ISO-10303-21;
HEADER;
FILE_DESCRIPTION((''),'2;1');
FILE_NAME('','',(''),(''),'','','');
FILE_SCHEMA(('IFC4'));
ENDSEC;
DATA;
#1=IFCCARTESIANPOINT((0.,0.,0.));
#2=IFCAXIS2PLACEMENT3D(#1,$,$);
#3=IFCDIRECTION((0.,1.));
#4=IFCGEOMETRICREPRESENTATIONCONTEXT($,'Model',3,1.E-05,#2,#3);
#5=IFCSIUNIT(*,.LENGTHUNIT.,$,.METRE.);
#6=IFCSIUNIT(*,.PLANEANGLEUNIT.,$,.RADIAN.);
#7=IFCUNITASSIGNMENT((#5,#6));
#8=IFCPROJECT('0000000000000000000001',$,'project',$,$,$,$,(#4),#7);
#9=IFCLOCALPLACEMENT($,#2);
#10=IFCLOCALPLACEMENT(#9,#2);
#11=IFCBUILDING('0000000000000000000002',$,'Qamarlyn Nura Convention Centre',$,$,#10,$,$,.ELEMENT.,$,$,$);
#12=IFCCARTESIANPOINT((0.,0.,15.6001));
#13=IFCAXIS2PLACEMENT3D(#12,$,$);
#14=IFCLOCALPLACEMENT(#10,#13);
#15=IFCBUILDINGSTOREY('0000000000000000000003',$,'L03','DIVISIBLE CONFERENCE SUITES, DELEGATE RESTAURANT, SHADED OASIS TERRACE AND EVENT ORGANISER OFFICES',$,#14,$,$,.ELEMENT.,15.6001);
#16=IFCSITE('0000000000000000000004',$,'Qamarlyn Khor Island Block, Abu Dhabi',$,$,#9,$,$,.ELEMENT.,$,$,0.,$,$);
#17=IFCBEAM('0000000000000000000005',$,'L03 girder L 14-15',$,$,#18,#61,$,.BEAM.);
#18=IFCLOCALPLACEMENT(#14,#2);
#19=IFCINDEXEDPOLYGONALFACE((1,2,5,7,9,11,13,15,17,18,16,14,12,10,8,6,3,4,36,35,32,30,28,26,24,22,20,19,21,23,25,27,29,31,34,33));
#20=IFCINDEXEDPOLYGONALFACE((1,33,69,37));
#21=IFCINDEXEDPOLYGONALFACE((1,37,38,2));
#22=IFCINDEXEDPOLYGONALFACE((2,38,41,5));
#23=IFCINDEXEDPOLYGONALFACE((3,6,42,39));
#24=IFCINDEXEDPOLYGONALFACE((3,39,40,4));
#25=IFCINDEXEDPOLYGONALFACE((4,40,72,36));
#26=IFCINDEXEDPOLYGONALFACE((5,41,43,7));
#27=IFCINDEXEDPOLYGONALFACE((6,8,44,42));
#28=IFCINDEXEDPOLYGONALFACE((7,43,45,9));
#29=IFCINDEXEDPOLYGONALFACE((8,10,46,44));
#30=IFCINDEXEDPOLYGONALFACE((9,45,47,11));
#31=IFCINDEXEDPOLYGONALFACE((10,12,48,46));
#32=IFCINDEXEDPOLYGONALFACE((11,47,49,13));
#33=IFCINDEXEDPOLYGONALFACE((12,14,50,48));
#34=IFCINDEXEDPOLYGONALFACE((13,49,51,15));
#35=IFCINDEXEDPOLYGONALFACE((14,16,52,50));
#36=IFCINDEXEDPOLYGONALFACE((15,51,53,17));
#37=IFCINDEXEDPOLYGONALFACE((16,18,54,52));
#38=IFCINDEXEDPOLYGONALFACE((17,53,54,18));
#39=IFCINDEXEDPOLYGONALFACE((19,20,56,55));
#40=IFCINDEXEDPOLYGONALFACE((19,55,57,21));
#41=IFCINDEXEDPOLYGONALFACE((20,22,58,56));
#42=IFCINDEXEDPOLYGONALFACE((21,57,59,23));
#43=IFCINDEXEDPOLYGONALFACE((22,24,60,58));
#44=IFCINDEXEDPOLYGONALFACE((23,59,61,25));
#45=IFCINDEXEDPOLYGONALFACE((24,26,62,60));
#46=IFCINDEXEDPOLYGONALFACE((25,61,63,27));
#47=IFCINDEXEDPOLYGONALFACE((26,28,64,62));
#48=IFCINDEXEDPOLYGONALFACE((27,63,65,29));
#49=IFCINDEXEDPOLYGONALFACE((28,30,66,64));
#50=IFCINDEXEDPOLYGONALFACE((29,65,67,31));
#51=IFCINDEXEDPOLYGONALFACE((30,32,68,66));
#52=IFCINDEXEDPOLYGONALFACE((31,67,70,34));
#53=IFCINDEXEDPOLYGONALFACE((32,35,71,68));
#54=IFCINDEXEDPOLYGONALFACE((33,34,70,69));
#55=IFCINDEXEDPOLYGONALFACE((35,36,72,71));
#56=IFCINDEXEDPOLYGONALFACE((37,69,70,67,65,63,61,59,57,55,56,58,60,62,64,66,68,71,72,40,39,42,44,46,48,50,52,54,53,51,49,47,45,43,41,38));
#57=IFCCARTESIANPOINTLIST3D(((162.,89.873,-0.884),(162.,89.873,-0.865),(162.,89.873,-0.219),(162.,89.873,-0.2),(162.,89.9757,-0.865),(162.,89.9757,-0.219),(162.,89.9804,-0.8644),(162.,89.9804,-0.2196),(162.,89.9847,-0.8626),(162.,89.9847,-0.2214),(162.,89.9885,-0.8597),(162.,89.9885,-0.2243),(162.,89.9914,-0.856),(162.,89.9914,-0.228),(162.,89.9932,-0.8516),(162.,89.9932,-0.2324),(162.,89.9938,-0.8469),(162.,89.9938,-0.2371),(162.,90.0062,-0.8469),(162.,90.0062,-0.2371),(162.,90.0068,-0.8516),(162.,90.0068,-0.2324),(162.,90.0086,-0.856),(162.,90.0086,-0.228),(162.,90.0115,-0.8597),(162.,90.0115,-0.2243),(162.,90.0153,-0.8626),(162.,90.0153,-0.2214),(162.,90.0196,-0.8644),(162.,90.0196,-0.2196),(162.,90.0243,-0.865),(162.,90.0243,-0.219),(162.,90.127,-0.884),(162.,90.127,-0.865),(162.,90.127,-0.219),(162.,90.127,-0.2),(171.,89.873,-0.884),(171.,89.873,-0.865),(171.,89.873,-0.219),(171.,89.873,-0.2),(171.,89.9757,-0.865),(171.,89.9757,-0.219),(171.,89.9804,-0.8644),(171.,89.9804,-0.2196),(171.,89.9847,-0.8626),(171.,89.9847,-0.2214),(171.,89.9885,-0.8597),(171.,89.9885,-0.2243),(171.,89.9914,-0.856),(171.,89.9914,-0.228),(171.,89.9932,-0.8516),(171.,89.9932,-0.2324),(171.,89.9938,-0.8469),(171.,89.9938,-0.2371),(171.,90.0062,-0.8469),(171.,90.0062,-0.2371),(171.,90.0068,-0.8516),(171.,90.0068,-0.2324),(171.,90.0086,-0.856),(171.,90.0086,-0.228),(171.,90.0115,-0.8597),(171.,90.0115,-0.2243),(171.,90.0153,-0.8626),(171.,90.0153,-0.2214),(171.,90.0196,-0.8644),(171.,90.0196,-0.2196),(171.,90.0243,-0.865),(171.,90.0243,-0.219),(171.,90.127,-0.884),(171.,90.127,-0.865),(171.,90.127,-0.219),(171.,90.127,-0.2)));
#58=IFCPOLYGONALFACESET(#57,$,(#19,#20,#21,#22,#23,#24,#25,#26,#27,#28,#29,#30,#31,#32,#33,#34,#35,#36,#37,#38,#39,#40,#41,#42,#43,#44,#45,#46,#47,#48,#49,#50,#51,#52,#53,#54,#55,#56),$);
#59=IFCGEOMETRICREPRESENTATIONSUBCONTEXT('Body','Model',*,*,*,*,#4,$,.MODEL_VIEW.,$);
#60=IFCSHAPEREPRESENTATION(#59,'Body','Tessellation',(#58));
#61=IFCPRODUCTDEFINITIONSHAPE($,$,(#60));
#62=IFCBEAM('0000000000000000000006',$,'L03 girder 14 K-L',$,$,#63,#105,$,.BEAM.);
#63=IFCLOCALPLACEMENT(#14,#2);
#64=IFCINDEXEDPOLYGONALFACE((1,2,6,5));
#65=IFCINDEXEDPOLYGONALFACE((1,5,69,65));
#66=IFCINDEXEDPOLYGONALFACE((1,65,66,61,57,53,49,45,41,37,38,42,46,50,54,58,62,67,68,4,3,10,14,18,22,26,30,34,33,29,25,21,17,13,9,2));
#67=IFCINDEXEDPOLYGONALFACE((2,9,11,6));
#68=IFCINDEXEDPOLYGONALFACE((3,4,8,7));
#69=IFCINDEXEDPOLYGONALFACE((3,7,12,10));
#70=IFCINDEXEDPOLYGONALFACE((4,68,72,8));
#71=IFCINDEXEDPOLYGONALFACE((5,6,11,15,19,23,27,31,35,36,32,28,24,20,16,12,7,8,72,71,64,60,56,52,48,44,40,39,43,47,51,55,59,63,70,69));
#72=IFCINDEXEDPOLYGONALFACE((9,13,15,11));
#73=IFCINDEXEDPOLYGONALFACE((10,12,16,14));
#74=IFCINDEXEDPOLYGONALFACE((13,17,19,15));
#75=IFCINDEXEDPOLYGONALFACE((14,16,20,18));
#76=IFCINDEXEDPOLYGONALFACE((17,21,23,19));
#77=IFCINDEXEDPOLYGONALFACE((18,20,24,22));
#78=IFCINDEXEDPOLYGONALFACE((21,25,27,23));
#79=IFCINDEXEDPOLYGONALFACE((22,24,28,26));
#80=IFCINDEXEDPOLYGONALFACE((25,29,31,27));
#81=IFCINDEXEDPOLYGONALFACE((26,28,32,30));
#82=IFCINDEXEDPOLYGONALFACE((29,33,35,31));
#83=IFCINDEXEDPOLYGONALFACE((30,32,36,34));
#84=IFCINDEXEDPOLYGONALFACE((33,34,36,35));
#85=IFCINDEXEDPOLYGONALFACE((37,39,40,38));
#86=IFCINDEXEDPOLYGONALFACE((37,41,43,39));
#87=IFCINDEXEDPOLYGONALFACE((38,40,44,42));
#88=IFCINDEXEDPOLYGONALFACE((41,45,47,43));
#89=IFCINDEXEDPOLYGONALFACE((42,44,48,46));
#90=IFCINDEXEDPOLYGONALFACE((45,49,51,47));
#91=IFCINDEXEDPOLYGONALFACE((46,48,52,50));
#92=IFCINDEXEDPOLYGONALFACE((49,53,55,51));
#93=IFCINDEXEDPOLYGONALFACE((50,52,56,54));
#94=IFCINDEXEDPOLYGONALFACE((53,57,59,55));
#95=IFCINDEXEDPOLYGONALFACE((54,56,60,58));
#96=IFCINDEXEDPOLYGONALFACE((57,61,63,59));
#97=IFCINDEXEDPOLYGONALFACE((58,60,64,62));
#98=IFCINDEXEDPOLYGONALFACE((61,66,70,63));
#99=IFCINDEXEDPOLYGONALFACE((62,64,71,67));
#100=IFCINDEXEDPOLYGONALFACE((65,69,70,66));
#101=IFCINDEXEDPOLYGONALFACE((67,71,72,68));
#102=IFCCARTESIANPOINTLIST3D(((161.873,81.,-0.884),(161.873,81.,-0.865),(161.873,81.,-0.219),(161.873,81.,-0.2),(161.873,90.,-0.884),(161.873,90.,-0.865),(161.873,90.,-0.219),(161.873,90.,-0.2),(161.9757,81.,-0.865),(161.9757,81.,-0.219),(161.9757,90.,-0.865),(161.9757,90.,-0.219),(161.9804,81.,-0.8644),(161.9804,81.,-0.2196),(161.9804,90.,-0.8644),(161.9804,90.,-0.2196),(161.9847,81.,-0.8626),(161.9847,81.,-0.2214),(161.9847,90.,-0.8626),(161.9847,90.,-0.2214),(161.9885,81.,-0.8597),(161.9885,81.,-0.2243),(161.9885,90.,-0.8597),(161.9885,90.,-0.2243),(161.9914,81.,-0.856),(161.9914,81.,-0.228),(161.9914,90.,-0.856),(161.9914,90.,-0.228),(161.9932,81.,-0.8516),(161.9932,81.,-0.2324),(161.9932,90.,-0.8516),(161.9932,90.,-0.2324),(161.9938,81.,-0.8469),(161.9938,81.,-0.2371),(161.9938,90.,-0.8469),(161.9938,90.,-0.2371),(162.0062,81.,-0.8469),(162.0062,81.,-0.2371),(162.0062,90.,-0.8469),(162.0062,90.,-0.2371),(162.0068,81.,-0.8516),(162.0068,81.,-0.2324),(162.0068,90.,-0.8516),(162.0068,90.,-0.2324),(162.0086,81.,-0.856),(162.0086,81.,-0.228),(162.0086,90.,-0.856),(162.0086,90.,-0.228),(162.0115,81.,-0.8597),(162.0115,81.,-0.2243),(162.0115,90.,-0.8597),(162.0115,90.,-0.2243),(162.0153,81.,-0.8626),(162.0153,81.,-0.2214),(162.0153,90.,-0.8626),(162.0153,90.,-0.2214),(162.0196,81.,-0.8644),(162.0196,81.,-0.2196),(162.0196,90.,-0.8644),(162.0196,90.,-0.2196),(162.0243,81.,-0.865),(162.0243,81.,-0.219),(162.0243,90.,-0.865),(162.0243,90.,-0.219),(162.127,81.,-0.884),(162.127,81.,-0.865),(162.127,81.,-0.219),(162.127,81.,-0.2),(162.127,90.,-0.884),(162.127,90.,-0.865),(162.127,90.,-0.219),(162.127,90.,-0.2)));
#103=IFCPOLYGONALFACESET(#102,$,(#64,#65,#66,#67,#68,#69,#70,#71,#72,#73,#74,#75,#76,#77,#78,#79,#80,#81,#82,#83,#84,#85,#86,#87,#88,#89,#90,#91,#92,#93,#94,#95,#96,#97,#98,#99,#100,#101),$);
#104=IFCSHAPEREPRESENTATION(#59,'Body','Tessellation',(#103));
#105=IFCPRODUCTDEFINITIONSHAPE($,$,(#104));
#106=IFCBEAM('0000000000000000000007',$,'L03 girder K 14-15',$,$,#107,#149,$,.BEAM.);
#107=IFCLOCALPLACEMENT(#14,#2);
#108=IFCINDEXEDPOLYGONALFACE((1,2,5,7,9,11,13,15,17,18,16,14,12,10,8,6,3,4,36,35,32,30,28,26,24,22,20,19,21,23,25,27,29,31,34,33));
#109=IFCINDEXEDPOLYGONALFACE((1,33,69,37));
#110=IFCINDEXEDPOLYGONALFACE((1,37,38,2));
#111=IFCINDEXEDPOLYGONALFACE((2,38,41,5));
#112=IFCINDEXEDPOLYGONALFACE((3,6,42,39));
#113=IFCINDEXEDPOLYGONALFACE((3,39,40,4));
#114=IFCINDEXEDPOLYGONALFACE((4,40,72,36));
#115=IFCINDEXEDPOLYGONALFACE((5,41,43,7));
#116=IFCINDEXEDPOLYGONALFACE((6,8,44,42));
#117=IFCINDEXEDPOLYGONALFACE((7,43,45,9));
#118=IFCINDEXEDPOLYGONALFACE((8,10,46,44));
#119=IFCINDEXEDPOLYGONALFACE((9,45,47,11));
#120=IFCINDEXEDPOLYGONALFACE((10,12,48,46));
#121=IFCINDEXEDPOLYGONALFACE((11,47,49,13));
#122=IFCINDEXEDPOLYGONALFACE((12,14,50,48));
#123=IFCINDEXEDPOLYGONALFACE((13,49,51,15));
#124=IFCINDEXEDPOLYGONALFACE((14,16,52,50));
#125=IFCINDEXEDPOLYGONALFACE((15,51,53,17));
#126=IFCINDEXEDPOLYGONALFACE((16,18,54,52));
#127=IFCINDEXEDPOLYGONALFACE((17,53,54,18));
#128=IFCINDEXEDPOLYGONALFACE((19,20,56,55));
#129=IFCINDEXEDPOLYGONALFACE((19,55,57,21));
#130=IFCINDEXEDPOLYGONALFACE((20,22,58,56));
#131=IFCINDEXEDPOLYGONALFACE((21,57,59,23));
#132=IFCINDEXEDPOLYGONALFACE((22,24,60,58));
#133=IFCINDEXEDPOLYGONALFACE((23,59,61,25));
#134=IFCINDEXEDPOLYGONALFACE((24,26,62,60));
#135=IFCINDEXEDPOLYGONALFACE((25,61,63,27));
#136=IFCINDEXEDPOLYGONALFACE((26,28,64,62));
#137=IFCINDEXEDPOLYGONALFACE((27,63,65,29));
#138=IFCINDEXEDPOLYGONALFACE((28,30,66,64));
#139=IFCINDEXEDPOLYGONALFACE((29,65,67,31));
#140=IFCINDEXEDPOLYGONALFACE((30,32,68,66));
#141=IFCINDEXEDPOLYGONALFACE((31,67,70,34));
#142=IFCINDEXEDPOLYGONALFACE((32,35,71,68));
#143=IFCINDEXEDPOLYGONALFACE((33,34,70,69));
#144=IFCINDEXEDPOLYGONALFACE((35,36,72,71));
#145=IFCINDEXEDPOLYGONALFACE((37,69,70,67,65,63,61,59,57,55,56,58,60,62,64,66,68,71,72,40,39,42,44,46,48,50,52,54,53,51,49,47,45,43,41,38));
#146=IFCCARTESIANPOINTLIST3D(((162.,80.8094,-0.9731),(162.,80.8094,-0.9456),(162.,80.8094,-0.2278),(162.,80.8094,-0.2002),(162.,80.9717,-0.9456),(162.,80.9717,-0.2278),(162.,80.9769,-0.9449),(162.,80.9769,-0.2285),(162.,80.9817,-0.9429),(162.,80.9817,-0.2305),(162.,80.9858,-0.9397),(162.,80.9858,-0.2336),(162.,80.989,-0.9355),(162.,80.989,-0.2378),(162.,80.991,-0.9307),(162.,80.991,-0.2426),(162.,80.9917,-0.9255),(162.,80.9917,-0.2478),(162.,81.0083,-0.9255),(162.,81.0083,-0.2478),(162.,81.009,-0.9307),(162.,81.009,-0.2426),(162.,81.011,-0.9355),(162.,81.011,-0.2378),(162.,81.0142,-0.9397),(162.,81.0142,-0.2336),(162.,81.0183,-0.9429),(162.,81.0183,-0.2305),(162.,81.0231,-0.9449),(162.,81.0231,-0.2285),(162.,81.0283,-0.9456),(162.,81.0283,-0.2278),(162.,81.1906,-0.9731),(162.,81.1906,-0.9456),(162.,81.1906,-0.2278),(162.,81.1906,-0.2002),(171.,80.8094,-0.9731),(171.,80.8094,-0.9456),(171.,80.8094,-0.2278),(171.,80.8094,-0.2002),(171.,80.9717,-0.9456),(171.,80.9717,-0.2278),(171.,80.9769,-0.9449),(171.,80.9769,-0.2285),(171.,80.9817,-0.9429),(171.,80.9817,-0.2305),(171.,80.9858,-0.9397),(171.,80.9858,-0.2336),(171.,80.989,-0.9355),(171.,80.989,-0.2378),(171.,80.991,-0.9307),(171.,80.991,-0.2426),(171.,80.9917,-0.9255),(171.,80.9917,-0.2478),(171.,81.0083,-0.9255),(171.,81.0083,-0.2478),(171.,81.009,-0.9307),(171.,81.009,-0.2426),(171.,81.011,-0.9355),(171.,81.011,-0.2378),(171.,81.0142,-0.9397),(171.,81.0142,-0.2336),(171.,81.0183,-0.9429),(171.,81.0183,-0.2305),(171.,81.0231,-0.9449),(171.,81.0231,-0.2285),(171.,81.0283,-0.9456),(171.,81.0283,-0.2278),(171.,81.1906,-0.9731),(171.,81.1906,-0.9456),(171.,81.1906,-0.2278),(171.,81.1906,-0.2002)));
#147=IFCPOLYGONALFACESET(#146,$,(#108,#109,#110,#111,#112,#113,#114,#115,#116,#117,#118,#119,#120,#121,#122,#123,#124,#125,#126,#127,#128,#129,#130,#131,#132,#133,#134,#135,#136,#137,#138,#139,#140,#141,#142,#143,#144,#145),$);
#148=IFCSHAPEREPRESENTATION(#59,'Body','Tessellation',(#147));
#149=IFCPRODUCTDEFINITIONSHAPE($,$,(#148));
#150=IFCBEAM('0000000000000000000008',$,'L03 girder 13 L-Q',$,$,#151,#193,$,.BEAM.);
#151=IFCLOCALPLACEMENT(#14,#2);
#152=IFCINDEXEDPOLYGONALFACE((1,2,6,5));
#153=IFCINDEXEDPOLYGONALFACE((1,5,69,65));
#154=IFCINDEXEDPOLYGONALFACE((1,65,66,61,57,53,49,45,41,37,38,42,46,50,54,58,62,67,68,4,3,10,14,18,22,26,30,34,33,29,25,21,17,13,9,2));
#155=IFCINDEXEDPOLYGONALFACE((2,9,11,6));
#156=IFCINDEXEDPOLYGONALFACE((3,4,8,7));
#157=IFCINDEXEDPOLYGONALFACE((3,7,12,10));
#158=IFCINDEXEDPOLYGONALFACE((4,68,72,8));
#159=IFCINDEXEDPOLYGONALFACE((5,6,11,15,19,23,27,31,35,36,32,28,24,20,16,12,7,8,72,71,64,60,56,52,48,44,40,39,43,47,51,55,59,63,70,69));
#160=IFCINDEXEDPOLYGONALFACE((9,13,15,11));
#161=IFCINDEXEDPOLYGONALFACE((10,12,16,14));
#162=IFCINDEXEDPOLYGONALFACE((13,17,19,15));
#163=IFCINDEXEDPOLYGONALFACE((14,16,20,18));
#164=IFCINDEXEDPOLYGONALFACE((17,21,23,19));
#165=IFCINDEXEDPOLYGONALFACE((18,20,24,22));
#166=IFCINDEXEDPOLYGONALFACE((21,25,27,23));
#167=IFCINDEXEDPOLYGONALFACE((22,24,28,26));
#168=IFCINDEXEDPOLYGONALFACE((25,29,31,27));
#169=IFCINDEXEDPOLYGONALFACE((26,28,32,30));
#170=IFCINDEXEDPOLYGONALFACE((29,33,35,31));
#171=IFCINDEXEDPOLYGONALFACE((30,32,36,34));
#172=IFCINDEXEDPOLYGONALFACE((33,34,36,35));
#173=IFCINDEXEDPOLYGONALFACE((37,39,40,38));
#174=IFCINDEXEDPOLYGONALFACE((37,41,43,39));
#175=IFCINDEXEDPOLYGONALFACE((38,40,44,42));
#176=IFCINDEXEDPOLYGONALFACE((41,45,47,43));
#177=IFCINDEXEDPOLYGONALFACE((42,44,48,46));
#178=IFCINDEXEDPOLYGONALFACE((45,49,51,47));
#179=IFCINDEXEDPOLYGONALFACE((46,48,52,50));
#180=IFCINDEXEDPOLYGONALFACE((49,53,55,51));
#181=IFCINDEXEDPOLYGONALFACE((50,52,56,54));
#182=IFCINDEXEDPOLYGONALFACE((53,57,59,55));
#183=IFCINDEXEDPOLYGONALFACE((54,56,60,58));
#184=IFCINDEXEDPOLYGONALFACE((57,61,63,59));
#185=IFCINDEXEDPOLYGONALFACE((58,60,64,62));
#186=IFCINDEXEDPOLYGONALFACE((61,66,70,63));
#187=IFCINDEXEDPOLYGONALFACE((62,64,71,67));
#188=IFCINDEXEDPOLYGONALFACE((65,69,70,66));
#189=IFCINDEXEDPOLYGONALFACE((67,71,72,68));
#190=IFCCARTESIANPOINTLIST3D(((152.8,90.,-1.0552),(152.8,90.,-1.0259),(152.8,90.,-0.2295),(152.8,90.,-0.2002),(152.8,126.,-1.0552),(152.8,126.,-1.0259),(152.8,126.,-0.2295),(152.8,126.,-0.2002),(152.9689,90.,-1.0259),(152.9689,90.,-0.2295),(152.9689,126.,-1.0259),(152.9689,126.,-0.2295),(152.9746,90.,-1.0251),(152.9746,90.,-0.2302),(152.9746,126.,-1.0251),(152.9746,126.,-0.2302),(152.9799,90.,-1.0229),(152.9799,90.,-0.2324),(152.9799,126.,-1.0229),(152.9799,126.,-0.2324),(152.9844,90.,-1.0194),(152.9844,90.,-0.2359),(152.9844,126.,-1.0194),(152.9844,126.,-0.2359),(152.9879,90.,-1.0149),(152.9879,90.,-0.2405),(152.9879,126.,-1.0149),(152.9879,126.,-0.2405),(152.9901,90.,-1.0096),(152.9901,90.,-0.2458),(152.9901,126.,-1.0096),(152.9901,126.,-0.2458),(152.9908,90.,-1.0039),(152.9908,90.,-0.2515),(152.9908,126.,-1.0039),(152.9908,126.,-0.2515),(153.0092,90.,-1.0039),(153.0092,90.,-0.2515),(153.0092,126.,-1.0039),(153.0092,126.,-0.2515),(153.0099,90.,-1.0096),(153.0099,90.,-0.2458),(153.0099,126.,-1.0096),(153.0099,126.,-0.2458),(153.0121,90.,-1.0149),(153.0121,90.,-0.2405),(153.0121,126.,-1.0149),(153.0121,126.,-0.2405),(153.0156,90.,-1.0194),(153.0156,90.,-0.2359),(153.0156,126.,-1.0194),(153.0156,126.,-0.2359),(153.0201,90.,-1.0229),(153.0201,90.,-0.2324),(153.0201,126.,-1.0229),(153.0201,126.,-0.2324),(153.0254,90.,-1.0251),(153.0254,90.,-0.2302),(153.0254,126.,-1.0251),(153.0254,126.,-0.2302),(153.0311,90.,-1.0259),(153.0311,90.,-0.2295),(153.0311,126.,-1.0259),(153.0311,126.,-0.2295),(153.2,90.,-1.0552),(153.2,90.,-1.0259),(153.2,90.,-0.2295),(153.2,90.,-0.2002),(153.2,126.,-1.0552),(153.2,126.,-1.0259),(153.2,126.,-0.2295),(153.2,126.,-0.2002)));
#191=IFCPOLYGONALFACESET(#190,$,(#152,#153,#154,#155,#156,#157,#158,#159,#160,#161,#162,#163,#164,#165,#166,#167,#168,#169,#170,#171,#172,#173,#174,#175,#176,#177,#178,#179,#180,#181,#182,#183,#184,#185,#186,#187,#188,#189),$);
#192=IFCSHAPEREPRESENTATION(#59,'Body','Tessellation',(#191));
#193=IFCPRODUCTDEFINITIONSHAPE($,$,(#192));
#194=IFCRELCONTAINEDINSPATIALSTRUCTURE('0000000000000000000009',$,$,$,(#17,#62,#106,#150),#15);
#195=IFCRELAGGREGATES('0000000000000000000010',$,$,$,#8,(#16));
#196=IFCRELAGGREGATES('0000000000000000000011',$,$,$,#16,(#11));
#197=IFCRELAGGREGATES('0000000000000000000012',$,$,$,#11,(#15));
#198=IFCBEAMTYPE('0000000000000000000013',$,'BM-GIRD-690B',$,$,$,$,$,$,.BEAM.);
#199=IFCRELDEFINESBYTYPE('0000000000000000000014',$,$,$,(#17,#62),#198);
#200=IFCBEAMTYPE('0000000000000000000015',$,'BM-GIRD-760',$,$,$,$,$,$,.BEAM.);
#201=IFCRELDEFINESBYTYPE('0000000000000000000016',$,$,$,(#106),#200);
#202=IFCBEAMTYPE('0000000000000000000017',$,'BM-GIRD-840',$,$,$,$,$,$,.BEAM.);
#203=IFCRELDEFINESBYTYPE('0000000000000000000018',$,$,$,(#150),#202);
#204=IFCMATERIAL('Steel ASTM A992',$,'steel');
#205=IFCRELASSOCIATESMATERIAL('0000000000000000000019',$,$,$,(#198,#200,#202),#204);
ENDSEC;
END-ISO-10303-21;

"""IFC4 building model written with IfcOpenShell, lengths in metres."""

from ifc_helpers import new_model, si_unit, direction, frame, origin, origin_2d, place, context, subcontext, project, spatial, i_section, extrude, material, material_profile, profile_set, type_object, element, save


model = new_model("IFC4")

# Units and contexts
model_context = context("Model", 3, precision=1e-05, world=origin(), true_north=direction((0.0, 1.0)))
body_context = subcontext(model_context, "Body", "Model", "MODEL_VIEW")
ifc_project = project(units=[si_unit("LENGTHUNIT", "METRE"), si_unit("PLANEANGLEUNIT", "RADIAN")], contexts=[model_context])

# Site, building, storey
site_placement = place(None, origin())
site = spatial("IfcSite", under=ifc_project, at=site_placement, Name="Qamarlyn Khor Island Block, Abu Dhabi", CompositionType="ELEMENT", RefElevation=0.0)
building_placement = place(site_placement, origin())
building = spatial("IfcBuilding", under=site, at=building_placement, Name="Qamarlyn Nura Convention Centre", CompositionType="ELEMENT")
storey_placement = place(building_placement, frame((0.0, 0.0, 15.6001)))
storey = spatial("IfcBuildingStorey", under=building, at=storey_placement, Name="L03", Description="DIVISIBLE CONFERENCE SUITES, DELEGATE RESTAURANT, SHADED OASIS TERRACE AND EVENT ORGANISER OFFICES", CompositionType="ELEMENT", Elevation=15.6001)

# Shared definitions
ifc_material_1 = material(Name="Steel ASTM A992", Category="steel")

# Beams
ifc_material_profile_1 = material_profile(ifc_material_1, i_section(OverallWidth=0.2539, OverallDepth=0.6841, WebThickness=0.0125, FlangeThickness=0.019, FilletRadius=0.0181, at=origin_2d()), Name="W690X140")
ifc_profile_set_1 = profile_set([ifc_material_profile_1], Name="Steel ASTM A992")
beam_type_1 = type_object("IfcBeamType", Name="BM-GIRD-690B", PredefinedType="BEAM", material=ifc_profile_set_1)
for number, where, z_axis, x_axis, name in (
    (1, (162.0, 90.0, -0.542), (1.0, 0.0, 0.0), (0.0, 1.0, 0.0), "L03 girder L 14-15"),
    (2, (162.0, 81.0, -0.542), (0.0, 1.0, 0.0), (-1.0, 0.0, 0.0), "L03 girder 14 K-L"),
):
    element("IfcBeam", number, at=place(storey_placement, frame(where, z_axis=z_axis, x_axis=x_axis)), inside=storey, type_object=beam_type_1, Name=name, PredefinedType="BEAM", context=body_context, shape_type="SweptSolid", body=[
        extrude(i_section(OverallWidth=0.2539, OverallDepth=0.6841, WebThickness=0.0125, FlangeThickness=0.019, FilletRadius=0.0181, at=origin_2d()), origin(), (0.0, 0.0, 1.0), 9.0),
    ])
ifc_material_profile_2 = material_profile(ifc_material_1, i_section(OverallWidth=0.3811, OverallDepth=0.7729, WebThickness=0.0166, FlangeThickness=0.0276, FilletRadius=0.02, at=origin_2d()), Name="W760X257")
ifc_profile_set_2 = profile_set([ifc_material_profile_2], Name="Steel ASTM A992")
beam_type_2 = type_object("IfcBeamType", Name="BM-GIRD-760", PredefinedType="BEAM", material=ifc_profile_set_2)
beam_placement = place(storey_placement, frame((162.0, 81.0, -0.5867), z_axis=(1.0, 0.0, 0.0), x_axis=(0.0, 1.0, 0.0)))
element("IfcBeam", 3, at=beam_placement, inside=storey, type_object=beam_type_2, Name="L03 girder K 14-15", PredefinedType="BEAM", context=body_context, shape_type="SweptSolid", body=[
    extrude(i_section(OverallWidth=0.3811, OverallDepth=0.7729, WebThickness=0.0166, FlangeThickness=0.0276, FilletRadius=0.02, at=origin_2d()), origin(), (0.0, 0.0, 1.0), 9.0),
])
ifc_material_profile_3 = material_profile(ifc_material_1, i_section(OverallWidth=0.3999, OverallDepth=0.855, WebThickness=0.0183, FlangeThickness=0.0293, FilletRadius=0.022, at=origin_2d()), Name="W840X299")
ifc_profile_set_3 = profile_set([ifc_material_profile_3], Name="Steel ASTM A992")
beam_type_3 = type_object("IfcBeamType", Name="BM-GIRD-840", PredefinedType="BEAM", material=ifc_profile_set_3)
for number, where, z_axis, x_axis, name in (
    (4, (153.0, 90.0, -0.6277), (0.0, 1.0, 0.0), (-1.0, 0.0, 0.0), "L03 girder 13 L-Q"),
):
    element("IfcBeam", number, at=place(storey_placement, frame(where, z_axis=z_axis, x_axis=x_axis)), inside=storey, type_object=beam_type_3, Name=name, PredefinedType="BEAM", context=body_context, shape_type="SweptSolid", body=[
        extrude(i_section(OverallWidth=0.3999, OverallDepth=0.855, WebThickness=0.0183, FlangeThickness=0.0293, FilletRadius=0.022, at=origin_2d()), origin(), (0.0, 0.0, 1.0), 36.0),
    ])

save(model, "model.ifc")
